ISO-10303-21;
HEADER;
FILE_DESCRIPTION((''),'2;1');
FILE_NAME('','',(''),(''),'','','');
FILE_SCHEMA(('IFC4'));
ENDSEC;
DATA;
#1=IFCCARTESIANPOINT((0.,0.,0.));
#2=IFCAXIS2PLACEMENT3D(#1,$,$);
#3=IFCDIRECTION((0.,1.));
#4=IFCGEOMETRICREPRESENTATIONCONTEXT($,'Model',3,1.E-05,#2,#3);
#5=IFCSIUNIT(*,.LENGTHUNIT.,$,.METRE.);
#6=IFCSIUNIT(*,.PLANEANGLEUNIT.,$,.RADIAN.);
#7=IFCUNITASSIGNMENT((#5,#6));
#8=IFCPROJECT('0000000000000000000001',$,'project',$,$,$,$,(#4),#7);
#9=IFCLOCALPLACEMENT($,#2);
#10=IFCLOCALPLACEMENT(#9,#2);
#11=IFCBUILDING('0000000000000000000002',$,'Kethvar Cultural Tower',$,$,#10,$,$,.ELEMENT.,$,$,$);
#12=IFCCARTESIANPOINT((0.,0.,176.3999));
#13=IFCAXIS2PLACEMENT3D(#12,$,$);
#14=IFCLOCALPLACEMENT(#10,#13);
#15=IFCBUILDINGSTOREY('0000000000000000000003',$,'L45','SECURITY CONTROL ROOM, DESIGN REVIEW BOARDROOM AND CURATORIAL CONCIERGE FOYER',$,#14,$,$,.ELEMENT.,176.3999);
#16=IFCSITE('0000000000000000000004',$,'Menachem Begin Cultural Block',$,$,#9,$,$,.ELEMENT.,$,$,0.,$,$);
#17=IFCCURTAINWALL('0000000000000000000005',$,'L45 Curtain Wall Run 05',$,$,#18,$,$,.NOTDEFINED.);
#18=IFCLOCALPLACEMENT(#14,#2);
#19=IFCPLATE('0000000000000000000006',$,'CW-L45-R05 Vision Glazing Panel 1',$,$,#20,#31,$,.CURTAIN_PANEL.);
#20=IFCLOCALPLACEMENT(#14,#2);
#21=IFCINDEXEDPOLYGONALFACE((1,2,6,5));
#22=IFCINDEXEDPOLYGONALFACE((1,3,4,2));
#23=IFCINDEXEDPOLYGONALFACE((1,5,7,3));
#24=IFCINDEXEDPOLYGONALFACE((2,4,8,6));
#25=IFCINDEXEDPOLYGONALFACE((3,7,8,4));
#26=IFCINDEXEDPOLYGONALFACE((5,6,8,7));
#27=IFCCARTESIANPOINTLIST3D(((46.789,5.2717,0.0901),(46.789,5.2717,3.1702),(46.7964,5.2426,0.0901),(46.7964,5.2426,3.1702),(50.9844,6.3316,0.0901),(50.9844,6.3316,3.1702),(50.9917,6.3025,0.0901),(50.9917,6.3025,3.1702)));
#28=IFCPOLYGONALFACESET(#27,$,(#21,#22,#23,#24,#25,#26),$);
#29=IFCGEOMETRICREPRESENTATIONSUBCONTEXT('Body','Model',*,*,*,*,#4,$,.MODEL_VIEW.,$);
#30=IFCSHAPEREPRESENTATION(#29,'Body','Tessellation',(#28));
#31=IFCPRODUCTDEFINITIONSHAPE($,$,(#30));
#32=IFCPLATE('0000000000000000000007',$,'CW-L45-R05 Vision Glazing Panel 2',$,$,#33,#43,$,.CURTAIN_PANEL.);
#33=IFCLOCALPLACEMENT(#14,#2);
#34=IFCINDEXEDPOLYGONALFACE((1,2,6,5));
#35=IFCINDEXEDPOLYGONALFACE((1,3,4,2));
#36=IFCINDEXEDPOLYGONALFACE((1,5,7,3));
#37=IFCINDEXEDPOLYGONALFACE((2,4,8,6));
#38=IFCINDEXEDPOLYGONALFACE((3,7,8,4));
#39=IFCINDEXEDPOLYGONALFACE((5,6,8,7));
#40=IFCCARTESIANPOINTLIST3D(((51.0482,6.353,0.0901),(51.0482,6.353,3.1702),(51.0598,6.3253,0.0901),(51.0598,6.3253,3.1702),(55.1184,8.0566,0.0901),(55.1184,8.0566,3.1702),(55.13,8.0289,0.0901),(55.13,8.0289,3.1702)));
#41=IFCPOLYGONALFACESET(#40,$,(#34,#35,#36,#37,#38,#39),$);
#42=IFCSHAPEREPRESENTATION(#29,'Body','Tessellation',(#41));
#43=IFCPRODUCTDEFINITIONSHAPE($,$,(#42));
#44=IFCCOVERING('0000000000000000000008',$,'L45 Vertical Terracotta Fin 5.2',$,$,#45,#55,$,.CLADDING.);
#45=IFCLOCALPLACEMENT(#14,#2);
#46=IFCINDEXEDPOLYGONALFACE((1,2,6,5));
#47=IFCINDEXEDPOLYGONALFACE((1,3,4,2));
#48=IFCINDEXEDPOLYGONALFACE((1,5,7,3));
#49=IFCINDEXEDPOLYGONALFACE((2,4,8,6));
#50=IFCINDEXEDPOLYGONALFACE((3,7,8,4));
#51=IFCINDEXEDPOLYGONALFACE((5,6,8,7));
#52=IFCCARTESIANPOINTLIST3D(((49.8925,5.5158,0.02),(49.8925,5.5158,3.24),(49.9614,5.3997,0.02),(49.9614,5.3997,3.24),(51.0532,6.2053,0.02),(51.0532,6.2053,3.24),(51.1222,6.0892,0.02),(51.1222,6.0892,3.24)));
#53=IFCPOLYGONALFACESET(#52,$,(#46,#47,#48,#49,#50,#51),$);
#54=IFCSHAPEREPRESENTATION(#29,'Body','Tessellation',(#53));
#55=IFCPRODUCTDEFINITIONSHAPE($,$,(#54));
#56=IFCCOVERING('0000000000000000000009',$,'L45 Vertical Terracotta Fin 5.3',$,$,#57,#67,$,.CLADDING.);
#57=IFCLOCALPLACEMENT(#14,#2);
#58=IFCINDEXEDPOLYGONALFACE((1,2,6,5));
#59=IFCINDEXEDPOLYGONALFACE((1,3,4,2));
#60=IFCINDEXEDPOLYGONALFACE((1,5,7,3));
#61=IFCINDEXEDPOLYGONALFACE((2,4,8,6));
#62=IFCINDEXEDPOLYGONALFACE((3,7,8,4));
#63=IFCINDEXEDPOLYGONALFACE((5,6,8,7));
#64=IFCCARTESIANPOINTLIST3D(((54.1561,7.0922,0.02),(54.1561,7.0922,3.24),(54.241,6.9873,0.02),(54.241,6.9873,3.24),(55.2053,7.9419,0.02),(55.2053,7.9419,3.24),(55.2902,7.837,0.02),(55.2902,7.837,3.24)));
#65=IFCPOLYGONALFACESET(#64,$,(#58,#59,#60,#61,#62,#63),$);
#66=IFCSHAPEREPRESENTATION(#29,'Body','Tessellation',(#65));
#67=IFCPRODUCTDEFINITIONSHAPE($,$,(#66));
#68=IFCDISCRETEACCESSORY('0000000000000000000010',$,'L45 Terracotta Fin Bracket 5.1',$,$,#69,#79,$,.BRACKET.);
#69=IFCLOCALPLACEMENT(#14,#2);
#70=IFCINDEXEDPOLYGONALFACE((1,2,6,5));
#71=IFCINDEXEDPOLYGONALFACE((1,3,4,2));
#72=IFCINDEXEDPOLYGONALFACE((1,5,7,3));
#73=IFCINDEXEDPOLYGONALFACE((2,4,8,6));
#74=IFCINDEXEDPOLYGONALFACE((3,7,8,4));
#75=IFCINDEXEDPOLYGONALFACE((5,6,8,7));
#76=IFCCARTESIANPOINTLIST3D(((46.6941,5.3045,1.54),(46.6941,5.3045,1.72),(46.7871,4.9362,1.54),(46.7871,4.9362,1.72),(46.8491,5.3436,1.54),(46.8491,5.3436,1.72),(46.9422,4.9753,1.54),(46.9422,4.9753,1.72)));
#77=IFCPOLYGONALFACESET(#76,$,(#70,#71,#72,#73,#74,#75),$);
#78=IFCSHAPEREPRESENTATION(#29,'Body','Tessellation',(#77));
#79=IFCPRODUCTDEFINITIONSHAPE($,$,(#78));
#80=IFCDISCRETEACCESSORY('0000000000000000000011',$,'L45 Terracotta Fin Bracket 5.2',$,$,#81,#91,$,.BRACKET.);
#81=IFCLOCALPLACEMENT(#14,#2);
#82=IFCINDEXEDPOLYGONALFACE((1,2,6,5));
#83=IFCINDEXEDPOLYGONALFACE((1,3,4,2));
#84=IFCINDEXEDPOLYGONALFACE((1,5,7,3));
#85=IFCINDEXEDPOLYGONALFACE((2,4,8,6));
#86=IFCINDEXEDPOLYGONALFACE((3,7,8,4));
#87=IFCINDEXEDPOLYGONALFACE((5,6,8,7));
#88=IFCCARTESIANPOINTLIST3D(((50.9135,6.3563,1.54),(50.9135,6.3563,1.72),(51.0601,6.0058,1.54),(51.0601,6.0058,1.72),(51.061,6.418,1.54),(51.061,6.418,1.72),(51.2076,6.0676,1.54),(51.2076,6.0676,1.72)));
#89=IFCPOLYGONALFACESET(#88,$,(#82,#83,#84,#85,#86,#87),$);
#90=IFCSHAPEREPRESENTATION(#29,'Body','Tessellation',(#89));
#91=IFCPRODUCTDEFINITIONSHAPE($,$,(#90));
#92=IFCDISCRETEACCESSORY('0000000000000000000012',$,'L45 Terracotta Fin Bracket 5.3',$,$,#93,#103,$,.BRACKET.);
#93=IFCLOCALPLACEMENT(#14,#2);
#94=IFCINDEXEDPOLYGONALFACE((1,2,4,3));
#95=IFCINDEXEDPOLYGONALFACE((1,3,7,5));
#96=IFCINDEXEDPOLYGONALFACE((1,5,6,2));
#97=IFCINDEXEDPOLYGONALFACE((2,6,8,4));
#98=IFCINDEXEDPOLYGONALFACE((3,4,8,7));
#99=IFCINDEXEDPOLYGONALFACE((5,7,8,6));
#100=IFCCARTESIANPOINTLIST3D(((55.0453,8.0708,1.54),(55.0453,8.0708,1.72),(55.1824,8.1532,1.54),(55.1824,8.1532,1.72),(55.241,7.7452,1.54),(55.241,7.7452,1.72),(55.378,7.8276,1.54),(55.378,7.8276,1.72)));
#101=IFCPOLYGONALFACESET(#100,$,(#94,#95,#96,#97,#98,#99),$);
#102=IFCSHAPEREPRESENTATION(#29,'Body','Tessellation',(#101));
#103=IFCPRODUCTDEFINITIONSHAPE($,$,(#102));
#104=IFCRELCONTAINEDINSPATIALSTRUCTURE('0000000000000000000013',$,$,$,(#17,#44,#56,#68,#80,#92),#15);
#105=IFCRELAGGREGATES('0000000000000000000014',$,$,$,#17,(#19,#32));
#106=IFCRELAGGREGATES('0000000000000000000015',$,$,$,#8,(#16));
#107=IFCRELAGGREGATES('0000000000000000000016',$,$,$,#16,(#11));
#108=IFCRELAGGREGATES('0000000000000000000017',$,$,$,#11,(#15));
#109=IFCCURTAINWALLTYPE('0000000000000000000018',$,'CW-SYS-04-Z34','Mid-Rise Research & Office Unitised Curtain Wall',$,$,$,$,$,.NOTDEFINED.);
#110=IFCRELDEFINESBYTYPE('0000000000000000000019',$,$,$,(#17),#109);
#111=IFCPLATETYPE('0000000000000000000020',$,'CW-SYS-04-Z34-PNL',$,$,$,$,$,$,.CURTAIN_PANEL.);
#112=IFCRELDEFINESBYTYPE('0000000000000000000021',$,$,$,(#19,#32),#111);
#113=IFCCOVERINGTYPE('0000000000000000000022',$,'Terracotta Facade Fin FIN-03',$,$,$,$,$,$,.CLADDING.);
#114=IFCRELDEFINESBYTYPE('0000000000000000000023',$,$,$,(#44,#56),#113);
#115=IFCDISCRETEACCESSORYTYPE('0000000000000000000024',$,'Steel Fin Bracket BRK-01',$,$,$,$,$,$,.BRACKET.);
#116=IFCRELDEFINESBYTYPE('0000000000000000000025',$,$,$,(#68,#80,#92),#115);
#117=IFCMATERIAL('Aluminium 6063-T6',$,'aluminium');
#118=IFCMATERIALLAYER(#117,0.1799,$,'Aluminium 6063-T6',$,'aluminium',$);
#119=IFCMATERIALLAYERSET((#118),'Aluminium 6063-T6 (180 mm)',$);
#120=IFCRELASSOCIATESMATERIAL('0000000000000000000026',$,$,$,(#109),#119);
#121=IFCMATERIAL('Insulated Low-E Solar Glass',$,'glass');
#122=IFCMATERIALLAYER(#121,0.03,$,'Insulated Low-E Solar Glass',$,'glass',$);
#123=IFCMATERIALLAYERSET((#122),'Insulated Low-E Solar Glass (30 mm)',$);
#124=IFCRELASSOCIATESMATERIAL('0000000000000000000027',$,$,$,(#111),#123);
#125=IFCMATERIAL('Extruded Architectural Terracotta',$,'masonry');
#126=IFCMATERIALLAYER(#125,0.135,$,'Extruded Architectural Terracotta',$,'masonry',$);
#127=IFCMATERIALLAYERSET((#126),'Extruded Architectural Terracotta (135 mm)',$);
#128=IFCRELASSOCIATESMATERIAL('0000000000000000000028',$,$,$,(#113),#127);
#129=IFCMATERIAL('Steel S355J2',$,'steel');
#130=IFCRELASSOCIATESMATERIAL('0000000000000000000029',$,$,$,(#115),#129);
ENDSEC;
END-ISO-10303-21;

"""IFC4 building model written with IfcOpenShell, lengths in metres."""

from ifc_helpers import new_model, si_unit, direction, frame, origin, origin_2d, place, context, subcontext, project, spatial, rectangle, extrude, source, transform, mapped, material, layer, layer_set, type_object, element, aggregate, save


model = new_model("IFC4")

# Units and contexts
model_context = context("Model", 3, precision=1e-05, world=origin(), true_north=direction((0.0, 1.0)))
body_context = subcontext(model_context, "Body", "Model", "MODEL_VIEW")
ifc_project = project(units=[si_unit("LENGTHUNIT", "METRE"), si_unit("PLANEANGLEUNIT", "RADIAN")], contexts=[model_context])

# Site, building, storey
site_placement = place(None, origin())
site = spatial("IfcSite", under=ifc_project, at=site_placement, Name="Menachem Begin Cultural Block", CompositionType="ELEMENT", RefElevation=0.0)
building_placement = place(site_placement, origin())
building = spatial("IfcBuilding", under=site, at=building_placement, Name="Kethvar Cultural Tower", CompositionType="ELEMENT")
storey_placement = place(building_placement, frame((0.0, 0.0, 176.3999)))
storey = spatial("IfcBuildingStorey", under=building, at=storey_placement, Name="L45", Description="SECURITY CONTROL ROOM, DESIGN REVIEW BOARDROOM AND CURATORIAL CONCIERGE FOYER", CompositionType="ELEMENT", Elevation=176.3999)

# Shared definitions
ifc_material_1 = material(Name="Steel S355J2", Category="steel")

# Shared definitions
ifc_material_2 = material(Name="Aluminium 6063-T6", Category="aluminium")
ifc_layer_1 = layer(ifc_material_2, 0.1799, Name="Aluminium 6063-T6", Category="aluminium")
ifc_layer_set_1 = layer_set([ifc_layer_1], Name="Aluminium 6063-T6 (180 mm)")
curtain_wall_type = type_object("IfcCurtainWallType", Name="CW-SYS-04-Z34", Description="Mid-Rise Research & Office Unitised Curtain Wall", PredefinedType="NOTDEFINED", material=ifc_layer_set_1)

# Curtain wall, plates
curtain_wall_1_placement = place(storey_placement, origin())
curtain_wall_1 = element("IfcCurtainWall", 1, at=curtain_wall_1_placement, inside=storey, type_object=curtain_wall_type, Name="L45 Curtain Wall Run 05", PredefinedType="NOTDEFINED")
ifc_material_3 = material(Name="Insulated Low-E Solar Glass", Category="glass")
ifc_layer_2 = layer(ifc_material_3, 0.03, Name="Insulated Low-E Solar Glass", Category="glass")
ifc_layer_set_2 = layer_set([ifc_layer_2], Name="Insulated Low-E Solar Glass (30 mm)")
plate_type = type_object("IfcPlateType", Name="CW-SYS-04-Z34-PNL", PredefinedType="CURTAIN_PANEL", material=ifc_layer_set_2)
shared_shape_1 = source(origin(), body_context, "Body", "SweptSolid", [
    extrude(rectangle(XDim=4.3271, YDim=0.03, at=origin_2d()), origin(), (0.0, 0.0, 1.0), 3.0801),
])
plate_1_placement = place(storey_placement, frame((48.8904, 5.7871, 0.0901), z_axis=(0.0, 0.0, 1.0), x_axis=(0.969535, 0.244952, 0.0)))
plate_1 = element("IfcPlate", 2, at=plate_1_placement, type_object=plate_type, Name="CW-L45-R05 Vision Glazing Panel 1", PredefinedType="CURTAIN_PANEL", context=body_context, shape_type="MappedRepresentation", body=[
    mapped(shared_shape_1, transform((0.0, 0.0, 0.0), scale=1.0)),
])
shared_shape_2 = source(origin(), body_context, "Body", "SweptSolid", [
    extrude(rectangle(XDim=4.4124, YDim=0.03, at=origin_2d()), origin(), (0.0, 0.0, 1.0), 3.0801),
])
plate_2_placement = place(storey_placement, frame((53.0891, 7.1909, 0.0901), z_axis=(0.0, 0.0, 1.0), x_axis=(0.922457, 0.386099, 0.0)))
plate_2 = element("IfcPlate", 3, at=plate_2_placement, type_object=plate_type, Name="CW-L45-R05 Vision Glazing Panel 2", PredefinedType="CURTAIN_PANEL", context=body_context, shape_type="MappedRepresentation", body=[
    mapped(shared_shape_2, transform((0.0, 0.0, 0.0), scale=1.0)),
])
aggregate(curtain_wall_1, [plate_1, plate_2])

# Coverings
ifc_material_4 = material(Name="Extruded Architectural Terracotta", Category="masonry")
ifc_layer_3 = layer(ifc_material_4, 0.135, Name="Extruded Architectural Terracotta", Category="masonry")
ifc_layer_set_3 = layer_set([ifc_layer_3], Name="Extruded Architectural Terracotta (135 mm)")
covering_type = type_object("IfcCoveringType", Name="Terracotta Facade Fin FIN-03", PredefinedType="CLADDING", material=ifc_layer_set_3)
shared_shape_3 = source(origin(), body_context, "Body", "SweptSolid", [
    extrude(rectangle(XDim=1.3501, YDim=0.135, at=origin_2d()), origin(), (0.0, 0.0, 1.0), 3.22),
])
for number, where, z_axis, x_axis, name in (
    (4, (50.5073, 5.8025, 0.02), (0.0, 0.0, 1.0), (-0.859763, -0.510693, 0.0), "L45 Vertical Terracotta Fin 5.2"),
    (5, (54.7231, 7.4646, 0.02), (0.0, 0.0, 1.0), (-0.777146, -0.62932, 0.0), "L45 Vertical Terracotta Fin 5.3"),
):
    element("IfcCovering", number, at=place(storey_placement, frame(where, z_axis=z_axis, x_axis=x_axis)), inside=storey, type_object=covering_type, Name=name, PredefinedType="CLADDING", context=body_context, shape_type="MappedRepresentation", body=[
        mapped(shared_shape_3, transform((0.0, 0.0, 0.0), scale=1.0)),
    ])

# Discrete accessories
discrete_accessory_type = type_object("IfcDiscreteAccessoryType", Name="Steel Fin Bracket BRK-01", PredefinedType="BRACKET", material=ifc_material_1)
shared_shape_4 = source(origin(), body_context, "Body", "SweptSolid", [
    extrude(rectangle(XDim=0.3799, YDim=0.1599, at=origin_2d()), origin(), (0.0, 0.0, 1.0), 0.1799),
])
for number, where, z_axis, x_axis, name in (
    (6, (46.8181, 5.1399, 1.54), (0.0, 0.0, 1.0), (0.244969, -0.969531, 0.0), "L45 Terracotta Fin Bracket 5.1"),
    (7, (51.0605, 6.2119, 1.54), (0.0, 0.0, 1.0), (0.386067, -0.922471, 0.0), "L45 Terracotta Fin Bracket 5.2"),
    (8, (55.2117, 7.9492, 1.54), (0.0, 0.0, 1.0), (0.515038, -0.857167, 0.0), "L45 Terracotta Fin Bracket 5.3"),
):
    element("IfcDiscreteAccessory", number, at=place(storey_placement, frame(where, z_axis=z_axis, x_axis=x_axis)), inside=storey, type_object=discrete_accessory_type, Name=name, PredefinedType="BRACKET", context=body_context, shape_type="MappedRepresentation", body=[
        mapped(shared_shape_4, transform((0.0, 0.0, 0.0), scale=1.0)),
    ])

save(model, "model.ifc")
